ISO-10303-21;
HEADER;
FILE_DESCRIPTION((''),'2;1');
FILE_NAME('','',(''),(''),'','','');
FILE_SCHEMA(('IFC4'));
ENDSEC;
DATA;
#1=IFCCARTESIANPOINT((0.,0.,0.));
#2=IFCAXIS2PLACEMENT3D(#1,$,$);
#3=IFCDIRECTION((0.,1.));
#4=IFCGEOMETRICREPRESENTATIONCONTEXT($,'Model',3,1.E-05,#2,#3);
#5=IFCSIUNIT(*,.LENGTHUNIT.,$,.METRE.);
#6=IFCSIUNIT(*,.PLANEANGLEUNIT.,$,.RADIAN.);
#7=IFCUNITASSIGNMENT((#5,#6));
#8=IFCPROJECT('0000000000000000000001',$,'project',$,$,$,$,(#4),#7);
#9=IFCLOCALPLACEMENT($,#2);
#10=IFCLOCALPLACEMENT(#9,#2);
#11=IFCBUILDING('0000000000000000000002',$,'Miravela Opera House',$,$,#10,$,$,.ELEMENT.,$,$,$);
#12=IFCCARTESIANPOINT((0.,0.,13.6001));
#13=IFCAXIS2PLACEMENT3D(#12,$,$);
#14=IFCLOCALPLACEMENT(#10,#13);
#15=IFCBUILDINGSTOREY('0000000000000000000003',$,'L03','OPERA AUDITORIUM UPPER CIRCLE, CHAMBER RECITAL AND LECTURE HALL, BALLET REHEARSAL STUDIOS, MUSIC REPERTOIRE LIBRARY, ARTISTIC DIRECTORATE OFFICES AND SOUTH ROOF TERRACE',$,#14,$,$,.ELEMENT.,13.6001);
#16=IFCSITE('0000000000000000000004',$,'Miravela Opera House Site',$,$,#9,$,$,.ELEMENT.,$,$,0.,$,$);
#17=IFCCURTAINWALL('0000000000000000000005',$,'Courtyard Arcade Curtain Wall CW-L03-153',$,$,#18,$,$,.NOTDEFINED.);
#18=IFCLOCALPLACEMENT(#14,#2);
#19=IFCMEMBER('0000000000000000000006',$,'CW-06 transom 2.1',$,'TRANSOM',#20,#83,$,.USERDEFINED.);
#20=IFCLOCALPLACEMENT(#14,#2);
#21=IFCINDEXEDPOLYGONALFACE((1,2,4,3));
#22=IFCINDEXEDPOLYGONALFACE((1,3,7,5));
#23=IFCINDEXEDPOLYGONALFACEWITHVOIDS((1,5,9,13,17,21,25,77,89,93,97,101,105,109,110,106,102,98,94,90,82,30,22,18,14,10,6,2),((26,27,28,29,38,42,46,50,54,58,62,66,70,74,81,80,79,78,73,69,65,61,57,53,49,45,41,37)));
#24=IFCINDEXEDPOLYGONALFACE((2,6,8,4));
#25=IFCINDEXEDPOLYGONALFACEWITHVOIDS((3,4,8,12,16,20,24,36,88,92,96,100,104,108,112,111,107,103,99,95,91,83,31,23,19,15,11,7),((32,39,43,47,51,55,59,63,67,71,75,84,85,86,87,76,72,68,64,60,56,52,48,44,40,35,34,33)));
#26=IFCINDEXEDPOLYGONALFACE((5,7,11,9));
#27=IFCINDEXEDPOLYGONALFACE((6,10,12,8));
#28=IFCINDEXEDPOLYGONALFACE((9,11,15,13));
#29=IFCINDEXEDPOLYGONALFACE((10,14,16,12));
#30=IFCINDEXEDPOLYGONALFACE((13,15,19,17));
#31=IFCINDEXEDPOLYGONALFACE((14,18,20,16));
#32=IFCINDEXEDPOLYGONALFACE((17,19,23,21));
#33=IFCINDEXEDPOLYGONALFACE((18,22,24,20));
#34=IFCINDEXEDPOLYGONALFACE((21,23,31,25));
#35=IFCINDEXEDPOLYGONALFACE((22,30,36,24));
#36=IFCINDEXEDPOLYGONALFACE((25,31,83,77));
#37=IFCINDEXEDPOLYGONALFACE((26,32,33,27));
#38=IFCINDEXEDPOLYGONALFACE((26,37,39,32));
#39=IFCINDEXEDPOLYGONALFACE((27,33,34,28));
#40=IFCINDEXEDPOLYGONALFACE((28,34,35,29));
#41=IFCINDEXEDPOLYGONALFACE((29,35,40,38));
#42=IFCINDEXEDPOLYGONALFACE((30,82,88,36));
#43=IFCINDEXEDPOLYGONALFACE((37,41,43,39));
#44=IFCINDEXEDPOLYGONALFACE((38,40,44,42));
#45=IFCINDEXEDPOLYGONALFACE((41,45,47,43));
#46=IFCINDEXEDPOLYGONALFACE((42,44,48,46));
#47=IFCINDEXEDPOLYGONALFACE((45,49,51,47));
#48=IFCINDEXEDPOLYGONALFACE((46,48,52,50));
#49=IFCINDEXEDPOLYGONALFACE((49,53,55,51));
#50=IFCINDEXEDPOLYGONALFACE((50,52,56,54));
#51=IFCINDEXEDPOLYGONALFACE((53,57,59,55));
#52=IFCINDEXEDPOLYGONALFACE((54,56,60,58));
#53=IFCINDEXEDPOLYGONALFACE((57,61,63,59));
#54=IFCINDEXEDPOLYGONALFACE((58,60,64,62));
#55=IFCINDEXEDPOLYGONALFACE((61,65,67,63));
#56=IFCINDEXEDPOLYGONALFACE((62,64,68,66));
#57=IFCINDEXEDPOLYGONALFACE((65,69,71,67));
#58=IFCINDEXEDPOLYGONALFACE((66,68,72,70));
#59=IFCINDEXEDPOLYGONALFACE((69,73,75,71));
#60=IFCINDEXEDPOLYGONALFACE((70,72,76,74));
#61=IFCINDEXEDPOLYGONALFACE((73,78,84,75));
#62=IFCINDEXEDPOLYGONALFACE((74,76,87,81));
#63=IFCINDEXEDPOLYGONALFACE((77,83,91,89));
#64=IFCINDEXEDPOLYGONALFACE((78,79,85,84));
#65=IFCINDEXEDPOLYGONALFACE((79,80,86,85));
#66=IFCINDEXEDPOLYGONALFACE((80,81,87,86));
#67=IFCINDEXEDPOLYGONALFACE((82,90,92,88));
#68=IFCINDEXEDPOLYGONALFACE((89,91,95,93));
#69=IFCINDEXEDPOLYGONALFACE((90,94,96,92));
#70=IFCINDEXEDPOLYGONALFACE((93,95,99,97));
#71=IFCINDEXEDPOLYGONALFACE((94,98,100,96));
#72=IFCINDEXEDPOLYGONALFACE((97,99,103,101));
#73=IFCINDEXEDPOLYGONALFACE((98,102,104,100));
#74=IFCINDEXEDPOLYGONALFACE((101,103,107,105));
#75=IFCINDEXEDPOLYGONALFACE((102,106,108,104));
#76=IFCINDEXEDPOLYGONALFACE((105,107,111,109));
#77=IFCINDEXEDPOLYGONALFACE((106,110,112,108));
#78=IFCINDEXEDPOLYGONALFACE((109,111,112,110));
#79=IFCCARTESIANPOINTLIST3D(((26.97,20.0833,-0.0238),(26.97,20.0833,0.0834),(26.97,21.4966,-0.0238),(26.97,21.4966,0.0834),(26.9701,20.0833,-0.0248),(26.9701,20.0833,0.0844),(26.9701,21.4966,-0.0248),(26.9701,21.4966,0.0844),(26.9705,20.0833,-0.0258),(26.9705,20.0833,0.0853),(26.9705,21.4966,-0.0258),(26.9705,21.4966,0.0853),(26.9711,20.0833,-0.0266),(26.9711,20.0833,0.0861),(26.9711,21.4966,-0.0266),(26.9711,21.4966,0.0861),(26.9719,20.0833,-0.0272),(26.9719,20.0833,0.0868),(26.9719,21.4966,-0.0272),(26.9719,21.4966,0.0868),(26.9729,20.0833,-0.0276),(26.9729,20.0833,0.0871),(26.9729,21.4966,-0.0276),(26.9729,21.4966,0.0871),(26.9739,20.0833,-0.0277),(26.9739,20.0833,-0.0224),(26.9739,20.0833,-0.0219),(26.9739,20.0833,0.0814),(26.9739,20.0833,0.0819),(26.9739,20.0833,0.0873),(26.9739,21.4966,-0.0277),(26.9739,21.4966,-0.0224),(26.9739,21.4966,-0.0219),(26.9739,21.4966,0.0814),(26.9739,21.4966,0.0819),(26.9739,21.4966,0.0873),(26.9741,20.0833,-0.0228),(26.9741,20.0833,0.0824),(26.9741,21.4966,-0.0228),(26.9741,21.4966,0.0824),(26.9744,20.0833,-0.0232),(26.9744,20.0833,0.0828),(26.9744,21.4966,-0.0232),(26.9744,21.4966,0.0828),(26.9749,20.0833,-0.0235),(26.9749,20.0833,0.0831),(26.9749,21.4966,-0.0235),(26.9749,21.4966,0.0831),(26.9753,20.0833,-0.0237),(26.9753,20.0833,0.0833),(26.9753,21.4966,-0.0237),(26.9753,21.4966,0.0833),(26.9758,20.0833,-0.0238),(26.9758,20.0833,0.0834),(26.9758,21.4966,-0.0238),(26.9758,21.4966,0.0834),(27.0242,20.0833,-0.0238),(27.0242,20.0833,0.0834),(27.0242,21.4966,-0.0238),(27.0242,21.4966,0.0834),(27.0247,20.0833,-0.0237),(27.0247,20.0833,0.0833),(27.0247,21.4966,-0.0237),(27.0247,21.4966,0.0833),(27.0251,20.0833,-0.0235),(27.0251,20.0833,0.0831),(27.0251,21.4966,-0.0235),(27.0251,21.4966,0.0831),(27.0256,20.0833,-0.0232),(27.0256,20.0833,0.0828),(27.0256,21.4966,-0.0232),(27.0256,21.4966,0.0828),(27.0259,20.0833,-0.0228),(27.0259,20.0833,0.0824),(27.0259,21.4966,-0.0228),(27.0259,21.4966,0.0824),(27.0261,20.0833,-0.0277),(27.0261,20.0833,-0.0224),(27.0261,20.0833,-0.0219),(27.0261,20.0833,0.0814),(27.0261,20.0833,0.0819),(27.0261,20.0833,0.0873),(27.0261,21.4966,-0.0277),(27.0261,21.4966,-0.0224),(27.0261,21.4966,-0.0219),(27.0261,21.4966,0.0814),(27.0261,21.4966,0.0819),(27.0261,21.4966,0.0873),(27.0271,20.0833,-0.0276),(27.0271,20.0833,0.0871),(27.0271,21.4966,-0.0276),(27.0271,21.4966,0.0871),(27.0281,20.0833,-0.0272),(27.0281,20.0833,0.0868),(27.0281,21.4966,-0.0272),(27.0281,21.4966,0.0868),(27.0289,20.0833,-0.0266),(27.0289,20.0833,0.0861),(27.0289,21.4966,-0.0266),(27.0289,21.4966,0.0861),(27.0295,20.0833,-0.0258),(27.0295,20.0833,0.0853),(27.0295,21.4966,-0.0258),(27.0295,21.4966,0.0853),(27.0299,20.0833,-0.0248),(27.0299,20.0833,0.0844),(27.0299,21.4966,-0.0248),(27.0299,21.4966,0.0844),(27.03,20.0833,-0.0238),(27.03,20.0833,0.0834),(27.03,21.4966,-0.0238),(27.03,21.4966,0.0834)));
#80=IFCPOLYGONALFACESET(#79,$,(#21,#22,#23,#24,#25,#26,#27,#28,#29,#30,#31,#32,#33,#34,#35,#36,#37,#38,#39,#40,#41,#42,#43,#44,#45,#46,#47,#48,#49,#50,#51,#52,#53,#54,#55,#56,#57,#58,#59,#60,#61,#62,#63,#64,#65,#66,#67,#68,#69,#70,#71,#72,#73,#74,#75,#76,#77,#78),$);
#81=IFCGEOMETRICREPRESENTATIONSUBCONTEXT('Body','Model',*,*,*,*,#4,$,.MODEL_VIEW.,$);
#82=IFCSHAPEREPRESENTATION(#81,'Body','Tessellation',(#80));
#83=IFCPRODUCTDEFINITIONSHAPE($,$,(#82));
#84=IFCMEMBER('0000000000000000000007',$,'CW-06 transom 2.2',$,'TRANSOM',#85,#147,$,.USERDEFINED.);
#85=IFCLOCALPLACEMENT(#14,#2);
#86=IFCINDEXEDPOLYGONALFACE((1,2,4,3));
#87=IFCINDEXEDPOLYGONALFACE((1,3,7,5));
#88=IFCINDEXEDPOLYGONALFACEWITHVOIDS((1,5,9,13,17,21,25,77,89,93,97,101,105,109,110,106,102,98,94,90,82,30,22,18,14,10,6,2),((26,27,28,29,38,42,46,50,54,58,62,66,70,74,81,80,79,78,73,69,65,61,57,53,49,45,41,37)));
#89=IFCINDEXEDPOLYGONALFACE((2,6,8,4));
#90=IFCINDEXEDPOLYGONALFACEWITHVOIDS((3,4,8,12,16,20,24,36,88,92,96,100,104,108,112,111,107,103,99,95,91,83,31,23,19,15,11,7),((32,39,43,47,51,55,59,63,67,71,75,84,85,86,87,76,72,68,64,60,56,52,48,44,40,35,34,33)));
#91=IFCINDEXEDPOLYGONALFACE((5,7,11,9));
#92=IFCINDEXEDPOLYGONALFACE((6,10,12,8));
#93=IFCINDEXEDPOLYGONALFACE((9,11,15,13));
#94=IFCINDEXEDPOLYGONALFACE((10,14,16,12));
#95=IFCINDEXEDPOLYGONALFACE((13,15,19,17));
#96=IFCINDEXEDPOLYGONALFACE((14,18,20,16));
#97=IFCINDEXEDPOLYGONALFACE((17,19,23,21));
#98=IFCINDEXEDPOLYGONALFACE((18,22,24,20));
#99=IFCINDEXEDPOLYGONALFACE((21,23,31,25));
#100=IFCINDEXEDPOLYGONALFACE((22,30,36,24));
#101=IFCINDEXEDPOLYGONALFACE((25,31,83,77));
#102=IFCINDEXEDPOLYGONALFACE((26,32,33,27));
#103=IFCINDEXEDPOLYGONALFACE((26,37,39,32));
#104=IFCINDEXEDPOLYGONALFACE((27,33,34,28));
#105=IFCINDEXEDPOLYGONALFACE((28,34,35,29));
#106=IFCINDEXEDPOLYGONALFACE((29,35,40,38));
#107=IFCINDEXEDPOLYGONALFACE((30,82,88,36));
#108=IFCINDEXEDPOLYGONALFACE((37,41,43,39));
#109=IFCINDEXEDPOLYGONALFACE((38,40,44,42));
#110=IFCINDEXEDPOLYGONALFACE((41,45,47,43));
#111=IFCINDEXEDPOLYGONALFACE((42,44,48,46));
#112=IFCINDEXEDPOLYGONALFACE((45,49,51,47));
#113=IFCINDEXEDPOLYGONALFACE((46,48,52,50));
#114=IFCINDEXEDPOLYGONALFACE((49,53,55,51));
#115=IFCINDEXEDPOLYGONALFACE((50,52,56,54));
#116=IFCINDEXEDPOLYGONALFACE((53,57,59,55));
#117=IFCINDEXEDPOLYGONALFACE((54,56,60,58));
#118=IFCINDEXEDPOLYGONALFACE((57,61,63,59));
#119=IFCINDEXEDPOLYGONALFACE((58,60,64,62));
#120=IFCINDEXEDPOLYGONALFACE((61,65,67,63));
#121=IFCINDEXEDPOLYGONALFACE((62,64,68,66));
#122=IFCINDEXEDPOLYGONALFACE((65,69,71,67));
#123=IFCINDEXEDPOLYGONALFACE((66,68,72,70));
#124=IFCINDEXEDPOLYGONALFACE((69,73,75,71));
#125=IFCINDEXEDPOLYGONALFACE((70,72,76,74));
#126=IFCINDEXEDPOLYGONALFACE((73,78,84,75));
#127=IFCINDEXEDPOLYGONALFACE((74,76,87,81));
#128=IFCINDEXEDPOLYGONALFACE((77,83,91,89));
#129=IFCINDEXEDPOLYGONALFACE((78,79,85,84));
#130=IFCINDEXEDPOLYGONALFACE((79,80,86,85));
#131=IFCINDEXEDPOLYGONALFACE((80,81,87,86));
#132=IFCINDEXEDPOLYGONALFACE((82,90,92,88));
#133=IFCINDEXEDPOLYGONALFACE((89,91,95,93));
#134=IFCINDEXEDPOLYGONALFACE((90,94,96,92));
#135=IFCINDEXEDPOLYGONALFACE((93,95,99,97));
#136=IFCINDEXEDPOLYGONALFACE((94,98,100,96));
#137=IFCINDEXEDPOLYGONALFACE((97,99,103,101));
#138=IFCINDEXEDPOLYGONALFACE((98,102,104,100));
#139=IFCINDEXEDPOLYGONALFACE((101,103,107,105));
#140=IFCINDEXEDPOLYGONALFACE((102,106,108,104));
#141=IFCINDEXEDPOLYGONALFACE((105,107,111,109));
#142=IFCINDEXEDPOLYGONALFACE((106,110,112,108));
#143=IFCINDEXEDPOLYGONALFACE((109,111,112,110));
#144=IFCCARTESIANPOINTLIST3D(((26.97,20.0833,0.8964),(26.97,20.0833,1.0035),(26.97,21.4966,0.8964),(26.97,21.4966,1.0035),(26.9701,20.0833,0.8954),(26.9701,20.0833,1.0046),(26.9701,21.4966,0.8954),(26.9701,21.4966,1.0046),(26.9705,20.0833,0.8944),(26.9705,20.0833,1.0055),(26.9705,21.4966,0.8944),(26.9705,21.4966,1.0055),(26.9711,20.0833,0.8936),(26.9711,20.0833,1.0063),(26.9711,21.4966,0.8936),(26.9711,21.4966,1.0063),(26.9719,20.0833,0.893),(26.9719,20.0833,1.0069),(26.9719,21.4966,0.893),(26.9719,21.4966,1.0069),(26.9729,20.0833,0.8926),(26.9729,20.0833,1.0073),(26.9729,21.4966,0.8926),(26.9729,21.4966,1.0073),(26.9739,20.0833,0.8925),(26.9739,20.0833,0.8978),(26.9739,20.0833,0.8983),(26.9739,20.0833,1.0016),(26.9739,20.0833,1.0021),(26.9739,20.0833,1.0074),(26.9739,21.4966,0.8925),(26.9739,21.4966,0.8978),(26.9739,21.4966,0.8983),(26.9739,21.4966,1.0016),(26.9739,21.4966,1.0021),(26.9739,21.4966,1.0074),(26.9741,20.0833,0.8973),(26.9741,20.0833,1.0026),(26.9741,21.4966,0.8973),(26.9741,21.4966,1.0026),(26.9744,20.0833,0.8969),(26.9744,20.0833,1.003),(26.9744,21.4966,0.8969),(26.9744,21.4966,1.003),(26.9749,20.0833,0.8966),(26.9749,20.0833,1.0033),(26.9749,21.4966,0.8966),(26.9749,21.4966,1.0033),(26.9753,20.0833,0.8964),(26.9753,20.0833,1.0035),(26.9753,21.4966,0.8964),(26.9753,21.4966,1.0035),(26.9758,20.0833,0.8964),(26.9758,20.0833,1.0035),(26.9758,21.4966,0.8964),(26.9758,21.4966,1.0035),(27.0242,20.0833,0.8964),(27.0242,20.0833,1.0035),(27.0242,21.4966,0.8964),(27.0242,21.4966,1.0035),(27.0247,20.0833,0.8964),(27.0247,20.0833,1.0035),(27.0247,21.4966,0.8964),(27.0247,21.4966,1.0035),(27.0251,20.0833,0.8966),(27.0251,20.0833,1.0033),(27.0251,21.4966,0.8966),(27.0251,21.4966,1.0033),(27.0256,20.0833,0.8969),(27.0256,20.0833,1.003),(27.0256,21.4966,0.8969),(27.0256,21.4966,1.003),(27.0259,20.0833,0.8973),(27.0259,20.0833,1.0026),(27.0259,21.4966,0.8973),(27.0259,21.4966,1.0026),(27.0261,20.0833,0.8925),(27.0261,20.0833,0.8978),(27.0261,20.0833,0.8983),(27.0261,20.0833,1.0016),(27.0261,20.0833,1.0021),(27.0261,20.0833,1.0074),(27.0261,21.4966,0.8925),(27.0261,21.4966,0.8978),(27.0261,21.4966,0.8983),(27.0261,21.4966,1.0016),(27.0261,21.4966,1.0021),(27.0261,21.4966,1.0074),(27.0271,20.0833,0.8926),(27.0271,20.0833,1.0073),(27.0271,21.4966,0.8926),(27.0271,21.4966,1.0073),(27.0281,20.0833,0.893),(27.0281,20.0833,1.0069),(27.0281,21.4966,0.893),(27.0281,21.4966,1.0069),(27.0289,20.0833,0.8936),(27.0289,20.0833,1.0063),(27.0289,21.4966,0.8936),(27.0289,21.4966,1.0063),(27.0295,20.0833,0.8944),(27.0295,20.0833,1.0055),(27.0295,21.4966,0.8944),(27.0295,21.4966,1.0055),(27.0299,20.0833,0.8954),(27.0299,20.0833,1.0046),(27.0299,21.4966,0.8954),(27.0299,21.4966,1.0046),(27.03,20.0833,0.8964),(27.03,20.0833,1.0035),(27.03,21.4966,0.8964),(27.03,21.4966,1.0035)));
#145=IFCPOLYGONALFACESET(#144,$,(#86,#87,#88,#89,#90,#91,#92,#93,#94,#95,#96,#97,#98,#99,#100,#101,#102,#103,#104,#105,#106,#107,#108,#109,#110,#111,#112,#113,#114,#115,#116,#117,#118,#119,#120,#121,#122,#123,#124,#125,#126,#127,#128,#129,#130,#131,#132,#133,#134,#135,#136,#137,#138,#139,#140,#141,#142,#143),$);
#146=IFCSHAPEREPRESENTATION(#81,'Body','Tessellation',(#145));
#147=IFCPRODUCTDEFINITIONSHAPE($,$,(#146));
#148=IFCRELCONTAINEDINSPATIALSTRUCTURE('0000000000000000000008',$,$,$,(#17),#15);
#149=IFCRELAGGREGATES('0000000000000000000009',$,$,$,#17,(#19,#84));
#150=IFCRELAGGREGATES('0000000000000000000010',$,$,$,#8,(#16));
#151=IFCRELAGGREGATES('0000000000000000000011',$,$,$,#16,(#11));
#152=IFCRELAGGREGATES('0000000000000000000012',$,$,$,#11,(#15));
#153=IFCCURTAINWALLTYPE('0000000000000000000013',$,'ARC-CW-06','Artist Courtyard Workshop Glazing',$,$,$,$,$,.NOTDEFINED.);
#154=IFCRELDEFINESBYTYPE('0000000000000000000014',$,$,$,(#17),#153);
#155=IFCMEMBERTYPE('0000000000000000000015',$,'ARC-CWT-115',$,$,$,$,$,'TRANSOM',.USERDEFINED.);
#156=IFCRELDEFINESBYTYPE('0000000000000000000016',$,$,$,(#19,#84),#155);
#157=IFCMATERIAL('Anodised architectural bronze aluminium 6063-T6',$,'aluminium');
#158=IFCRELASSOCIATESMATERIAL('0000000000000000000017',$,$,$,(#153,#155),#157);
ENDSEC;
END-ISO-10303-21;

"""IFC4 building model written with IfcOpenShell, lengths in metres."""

from ifc_helpers import new_model, si_unit, direction, frame, origin, origin_2d, place, context, subcontext, project, spatial, hollow_rectangle, extrude, material, material_profile, profile_set, type_object, element, aggregate, save


model = new_model("IFC4")

# Units and contexts
model_context = context("Model", 3, precision=1e-05, world=origin(), true_north=direction((0.0, 1.0)))
body_context = subcontext(model_context, "Body", "Model", "MODEL_VIEW")
ifc_project = project(units=[si_unit("LENGTHUNIT", "METRE"), si_unit("PLANEANGLEUNIT", "RADIAN")], contexts=[model_context])

# Site, building, storey
site_placement = place(None, origin())
site = spatial("IfcSite", under=ifc_project, at=site_placement, Name="Miravela Opera House Site", CompositionType="ELEMENT", RefElevation=0.0)
building_placement = place(site_placement, origin())
building = spatial("IfcBuilding", under=site, at=building_placement, Name="Miravela Opera House", CompositionType="ELEMENT")
storey_placement = place(building_placement, frame((0.0, 0.0, 13.6001)))
storey = spatial("IfcBuildingStorey", under=building, at=storey_placement, Name="L03", Description="OPERA AUDITORIUM UPPER CIRCLE, CHAMBER RECITAL AND LECTURE HALL, BALLET REHEARSAL STUDIOS, MUSIC REPERTOIRE LIBRARY, ARTISTIC DIRECTORATE OFFICES AND SOUTH ROOF TERRACE", CompositionType="ELEMENT", Elevation=13.6001)

# Curtain wall, members
ifc_material_1 = material(Name="Anodised architectural bronze aluminium 6063-T6", Category="aluminium")
curtain_wall_type = type_object("IfcCurtainWallType", Name="ARC-CW-06", Description="Artist Courtyard Workshop Glazing", PredefinedType="NOTDEFINED", material=ifc_material_1)
curtain_wall_placement = place(storey_placement, origin())
curtain_wall = element("IfcCurtainWall", 1, at=curtain_wall_placement, inside=storey, type_object=curtain_wall_type, Name="Courtyard Arcade Curtain Wall CW-L03-153", PredefinedType="NOTDEFINED")
ifc_material_profile_1 = material_profile(ifc_material_1, hollow_rectangle(XDim=0.0601, YDim=0.115, WallThickness=0.0039, InnerFilletRadius=0.002, OuterFilletRadius=0.0039, at=origin_2d()), Name="CWT-60X115")
ifc_profile_set_1 = profile_set([ifc_material_profile_1])
member_type_1 = type_object("IfcMemberType", Name="ARC-CWT-115", ElementType="TRANSOM", PredefinedType="USERDEFINED", material=ifc_profile_set_1)
member_1_placement = place(storey_placement, frame((27.0, 20.0833, 0.0298), z_axis=(0.0, 1.0, 0.0), x_axis=(-1.0, 0.0, 0.0)))
member_1 = element("IfcMember", 2, at=member_1_placement, type_object=member_type_1, Name="CW-06 transom 2.1", ObjectType="TRANSOM", PredefinedType="USERDEFINED", context=body_context, shape_type="SweptSolid", body=[
    extrude(hollow_rectangle(XDim=0.0601, YDim=0.115, WallThickness=0.0039, InnerFilletRadius=0.002, OuterFilletRadius=0.0039, at=origin_2d()), origin(), (0.0, 0.0, 1.0), 1.4133),
])
member_2_placement = place(storey_placement, frame((27.0, 20.0833, 0.95), z_axis=(0.0, 1.0, 0.0), x_axis=(-1.0, 0.0, 0.0)))
member_2 = element("IfcMember", 3, at=member_2_placement, type_object=member_type_1, Name="CW-06 transom 2.2", ObjectType="TRANSOM", PredefinedType="USERDEFINED", context=body_context, shape_type="SweptSolid", body=[
    extrude(hollow_rectangle(XDim=0.0601, YDim=0.115, WallThickness=0.0039, InnerFilletRadius=0.002, OuterFilletRadius=0.0039, at=origin_2d()), origin(), (0.0, 0.0, 1.0), 1.4133),
])
aggregate(curtain_wall, [member_1, member_2])

save(model, "model.ifc")
